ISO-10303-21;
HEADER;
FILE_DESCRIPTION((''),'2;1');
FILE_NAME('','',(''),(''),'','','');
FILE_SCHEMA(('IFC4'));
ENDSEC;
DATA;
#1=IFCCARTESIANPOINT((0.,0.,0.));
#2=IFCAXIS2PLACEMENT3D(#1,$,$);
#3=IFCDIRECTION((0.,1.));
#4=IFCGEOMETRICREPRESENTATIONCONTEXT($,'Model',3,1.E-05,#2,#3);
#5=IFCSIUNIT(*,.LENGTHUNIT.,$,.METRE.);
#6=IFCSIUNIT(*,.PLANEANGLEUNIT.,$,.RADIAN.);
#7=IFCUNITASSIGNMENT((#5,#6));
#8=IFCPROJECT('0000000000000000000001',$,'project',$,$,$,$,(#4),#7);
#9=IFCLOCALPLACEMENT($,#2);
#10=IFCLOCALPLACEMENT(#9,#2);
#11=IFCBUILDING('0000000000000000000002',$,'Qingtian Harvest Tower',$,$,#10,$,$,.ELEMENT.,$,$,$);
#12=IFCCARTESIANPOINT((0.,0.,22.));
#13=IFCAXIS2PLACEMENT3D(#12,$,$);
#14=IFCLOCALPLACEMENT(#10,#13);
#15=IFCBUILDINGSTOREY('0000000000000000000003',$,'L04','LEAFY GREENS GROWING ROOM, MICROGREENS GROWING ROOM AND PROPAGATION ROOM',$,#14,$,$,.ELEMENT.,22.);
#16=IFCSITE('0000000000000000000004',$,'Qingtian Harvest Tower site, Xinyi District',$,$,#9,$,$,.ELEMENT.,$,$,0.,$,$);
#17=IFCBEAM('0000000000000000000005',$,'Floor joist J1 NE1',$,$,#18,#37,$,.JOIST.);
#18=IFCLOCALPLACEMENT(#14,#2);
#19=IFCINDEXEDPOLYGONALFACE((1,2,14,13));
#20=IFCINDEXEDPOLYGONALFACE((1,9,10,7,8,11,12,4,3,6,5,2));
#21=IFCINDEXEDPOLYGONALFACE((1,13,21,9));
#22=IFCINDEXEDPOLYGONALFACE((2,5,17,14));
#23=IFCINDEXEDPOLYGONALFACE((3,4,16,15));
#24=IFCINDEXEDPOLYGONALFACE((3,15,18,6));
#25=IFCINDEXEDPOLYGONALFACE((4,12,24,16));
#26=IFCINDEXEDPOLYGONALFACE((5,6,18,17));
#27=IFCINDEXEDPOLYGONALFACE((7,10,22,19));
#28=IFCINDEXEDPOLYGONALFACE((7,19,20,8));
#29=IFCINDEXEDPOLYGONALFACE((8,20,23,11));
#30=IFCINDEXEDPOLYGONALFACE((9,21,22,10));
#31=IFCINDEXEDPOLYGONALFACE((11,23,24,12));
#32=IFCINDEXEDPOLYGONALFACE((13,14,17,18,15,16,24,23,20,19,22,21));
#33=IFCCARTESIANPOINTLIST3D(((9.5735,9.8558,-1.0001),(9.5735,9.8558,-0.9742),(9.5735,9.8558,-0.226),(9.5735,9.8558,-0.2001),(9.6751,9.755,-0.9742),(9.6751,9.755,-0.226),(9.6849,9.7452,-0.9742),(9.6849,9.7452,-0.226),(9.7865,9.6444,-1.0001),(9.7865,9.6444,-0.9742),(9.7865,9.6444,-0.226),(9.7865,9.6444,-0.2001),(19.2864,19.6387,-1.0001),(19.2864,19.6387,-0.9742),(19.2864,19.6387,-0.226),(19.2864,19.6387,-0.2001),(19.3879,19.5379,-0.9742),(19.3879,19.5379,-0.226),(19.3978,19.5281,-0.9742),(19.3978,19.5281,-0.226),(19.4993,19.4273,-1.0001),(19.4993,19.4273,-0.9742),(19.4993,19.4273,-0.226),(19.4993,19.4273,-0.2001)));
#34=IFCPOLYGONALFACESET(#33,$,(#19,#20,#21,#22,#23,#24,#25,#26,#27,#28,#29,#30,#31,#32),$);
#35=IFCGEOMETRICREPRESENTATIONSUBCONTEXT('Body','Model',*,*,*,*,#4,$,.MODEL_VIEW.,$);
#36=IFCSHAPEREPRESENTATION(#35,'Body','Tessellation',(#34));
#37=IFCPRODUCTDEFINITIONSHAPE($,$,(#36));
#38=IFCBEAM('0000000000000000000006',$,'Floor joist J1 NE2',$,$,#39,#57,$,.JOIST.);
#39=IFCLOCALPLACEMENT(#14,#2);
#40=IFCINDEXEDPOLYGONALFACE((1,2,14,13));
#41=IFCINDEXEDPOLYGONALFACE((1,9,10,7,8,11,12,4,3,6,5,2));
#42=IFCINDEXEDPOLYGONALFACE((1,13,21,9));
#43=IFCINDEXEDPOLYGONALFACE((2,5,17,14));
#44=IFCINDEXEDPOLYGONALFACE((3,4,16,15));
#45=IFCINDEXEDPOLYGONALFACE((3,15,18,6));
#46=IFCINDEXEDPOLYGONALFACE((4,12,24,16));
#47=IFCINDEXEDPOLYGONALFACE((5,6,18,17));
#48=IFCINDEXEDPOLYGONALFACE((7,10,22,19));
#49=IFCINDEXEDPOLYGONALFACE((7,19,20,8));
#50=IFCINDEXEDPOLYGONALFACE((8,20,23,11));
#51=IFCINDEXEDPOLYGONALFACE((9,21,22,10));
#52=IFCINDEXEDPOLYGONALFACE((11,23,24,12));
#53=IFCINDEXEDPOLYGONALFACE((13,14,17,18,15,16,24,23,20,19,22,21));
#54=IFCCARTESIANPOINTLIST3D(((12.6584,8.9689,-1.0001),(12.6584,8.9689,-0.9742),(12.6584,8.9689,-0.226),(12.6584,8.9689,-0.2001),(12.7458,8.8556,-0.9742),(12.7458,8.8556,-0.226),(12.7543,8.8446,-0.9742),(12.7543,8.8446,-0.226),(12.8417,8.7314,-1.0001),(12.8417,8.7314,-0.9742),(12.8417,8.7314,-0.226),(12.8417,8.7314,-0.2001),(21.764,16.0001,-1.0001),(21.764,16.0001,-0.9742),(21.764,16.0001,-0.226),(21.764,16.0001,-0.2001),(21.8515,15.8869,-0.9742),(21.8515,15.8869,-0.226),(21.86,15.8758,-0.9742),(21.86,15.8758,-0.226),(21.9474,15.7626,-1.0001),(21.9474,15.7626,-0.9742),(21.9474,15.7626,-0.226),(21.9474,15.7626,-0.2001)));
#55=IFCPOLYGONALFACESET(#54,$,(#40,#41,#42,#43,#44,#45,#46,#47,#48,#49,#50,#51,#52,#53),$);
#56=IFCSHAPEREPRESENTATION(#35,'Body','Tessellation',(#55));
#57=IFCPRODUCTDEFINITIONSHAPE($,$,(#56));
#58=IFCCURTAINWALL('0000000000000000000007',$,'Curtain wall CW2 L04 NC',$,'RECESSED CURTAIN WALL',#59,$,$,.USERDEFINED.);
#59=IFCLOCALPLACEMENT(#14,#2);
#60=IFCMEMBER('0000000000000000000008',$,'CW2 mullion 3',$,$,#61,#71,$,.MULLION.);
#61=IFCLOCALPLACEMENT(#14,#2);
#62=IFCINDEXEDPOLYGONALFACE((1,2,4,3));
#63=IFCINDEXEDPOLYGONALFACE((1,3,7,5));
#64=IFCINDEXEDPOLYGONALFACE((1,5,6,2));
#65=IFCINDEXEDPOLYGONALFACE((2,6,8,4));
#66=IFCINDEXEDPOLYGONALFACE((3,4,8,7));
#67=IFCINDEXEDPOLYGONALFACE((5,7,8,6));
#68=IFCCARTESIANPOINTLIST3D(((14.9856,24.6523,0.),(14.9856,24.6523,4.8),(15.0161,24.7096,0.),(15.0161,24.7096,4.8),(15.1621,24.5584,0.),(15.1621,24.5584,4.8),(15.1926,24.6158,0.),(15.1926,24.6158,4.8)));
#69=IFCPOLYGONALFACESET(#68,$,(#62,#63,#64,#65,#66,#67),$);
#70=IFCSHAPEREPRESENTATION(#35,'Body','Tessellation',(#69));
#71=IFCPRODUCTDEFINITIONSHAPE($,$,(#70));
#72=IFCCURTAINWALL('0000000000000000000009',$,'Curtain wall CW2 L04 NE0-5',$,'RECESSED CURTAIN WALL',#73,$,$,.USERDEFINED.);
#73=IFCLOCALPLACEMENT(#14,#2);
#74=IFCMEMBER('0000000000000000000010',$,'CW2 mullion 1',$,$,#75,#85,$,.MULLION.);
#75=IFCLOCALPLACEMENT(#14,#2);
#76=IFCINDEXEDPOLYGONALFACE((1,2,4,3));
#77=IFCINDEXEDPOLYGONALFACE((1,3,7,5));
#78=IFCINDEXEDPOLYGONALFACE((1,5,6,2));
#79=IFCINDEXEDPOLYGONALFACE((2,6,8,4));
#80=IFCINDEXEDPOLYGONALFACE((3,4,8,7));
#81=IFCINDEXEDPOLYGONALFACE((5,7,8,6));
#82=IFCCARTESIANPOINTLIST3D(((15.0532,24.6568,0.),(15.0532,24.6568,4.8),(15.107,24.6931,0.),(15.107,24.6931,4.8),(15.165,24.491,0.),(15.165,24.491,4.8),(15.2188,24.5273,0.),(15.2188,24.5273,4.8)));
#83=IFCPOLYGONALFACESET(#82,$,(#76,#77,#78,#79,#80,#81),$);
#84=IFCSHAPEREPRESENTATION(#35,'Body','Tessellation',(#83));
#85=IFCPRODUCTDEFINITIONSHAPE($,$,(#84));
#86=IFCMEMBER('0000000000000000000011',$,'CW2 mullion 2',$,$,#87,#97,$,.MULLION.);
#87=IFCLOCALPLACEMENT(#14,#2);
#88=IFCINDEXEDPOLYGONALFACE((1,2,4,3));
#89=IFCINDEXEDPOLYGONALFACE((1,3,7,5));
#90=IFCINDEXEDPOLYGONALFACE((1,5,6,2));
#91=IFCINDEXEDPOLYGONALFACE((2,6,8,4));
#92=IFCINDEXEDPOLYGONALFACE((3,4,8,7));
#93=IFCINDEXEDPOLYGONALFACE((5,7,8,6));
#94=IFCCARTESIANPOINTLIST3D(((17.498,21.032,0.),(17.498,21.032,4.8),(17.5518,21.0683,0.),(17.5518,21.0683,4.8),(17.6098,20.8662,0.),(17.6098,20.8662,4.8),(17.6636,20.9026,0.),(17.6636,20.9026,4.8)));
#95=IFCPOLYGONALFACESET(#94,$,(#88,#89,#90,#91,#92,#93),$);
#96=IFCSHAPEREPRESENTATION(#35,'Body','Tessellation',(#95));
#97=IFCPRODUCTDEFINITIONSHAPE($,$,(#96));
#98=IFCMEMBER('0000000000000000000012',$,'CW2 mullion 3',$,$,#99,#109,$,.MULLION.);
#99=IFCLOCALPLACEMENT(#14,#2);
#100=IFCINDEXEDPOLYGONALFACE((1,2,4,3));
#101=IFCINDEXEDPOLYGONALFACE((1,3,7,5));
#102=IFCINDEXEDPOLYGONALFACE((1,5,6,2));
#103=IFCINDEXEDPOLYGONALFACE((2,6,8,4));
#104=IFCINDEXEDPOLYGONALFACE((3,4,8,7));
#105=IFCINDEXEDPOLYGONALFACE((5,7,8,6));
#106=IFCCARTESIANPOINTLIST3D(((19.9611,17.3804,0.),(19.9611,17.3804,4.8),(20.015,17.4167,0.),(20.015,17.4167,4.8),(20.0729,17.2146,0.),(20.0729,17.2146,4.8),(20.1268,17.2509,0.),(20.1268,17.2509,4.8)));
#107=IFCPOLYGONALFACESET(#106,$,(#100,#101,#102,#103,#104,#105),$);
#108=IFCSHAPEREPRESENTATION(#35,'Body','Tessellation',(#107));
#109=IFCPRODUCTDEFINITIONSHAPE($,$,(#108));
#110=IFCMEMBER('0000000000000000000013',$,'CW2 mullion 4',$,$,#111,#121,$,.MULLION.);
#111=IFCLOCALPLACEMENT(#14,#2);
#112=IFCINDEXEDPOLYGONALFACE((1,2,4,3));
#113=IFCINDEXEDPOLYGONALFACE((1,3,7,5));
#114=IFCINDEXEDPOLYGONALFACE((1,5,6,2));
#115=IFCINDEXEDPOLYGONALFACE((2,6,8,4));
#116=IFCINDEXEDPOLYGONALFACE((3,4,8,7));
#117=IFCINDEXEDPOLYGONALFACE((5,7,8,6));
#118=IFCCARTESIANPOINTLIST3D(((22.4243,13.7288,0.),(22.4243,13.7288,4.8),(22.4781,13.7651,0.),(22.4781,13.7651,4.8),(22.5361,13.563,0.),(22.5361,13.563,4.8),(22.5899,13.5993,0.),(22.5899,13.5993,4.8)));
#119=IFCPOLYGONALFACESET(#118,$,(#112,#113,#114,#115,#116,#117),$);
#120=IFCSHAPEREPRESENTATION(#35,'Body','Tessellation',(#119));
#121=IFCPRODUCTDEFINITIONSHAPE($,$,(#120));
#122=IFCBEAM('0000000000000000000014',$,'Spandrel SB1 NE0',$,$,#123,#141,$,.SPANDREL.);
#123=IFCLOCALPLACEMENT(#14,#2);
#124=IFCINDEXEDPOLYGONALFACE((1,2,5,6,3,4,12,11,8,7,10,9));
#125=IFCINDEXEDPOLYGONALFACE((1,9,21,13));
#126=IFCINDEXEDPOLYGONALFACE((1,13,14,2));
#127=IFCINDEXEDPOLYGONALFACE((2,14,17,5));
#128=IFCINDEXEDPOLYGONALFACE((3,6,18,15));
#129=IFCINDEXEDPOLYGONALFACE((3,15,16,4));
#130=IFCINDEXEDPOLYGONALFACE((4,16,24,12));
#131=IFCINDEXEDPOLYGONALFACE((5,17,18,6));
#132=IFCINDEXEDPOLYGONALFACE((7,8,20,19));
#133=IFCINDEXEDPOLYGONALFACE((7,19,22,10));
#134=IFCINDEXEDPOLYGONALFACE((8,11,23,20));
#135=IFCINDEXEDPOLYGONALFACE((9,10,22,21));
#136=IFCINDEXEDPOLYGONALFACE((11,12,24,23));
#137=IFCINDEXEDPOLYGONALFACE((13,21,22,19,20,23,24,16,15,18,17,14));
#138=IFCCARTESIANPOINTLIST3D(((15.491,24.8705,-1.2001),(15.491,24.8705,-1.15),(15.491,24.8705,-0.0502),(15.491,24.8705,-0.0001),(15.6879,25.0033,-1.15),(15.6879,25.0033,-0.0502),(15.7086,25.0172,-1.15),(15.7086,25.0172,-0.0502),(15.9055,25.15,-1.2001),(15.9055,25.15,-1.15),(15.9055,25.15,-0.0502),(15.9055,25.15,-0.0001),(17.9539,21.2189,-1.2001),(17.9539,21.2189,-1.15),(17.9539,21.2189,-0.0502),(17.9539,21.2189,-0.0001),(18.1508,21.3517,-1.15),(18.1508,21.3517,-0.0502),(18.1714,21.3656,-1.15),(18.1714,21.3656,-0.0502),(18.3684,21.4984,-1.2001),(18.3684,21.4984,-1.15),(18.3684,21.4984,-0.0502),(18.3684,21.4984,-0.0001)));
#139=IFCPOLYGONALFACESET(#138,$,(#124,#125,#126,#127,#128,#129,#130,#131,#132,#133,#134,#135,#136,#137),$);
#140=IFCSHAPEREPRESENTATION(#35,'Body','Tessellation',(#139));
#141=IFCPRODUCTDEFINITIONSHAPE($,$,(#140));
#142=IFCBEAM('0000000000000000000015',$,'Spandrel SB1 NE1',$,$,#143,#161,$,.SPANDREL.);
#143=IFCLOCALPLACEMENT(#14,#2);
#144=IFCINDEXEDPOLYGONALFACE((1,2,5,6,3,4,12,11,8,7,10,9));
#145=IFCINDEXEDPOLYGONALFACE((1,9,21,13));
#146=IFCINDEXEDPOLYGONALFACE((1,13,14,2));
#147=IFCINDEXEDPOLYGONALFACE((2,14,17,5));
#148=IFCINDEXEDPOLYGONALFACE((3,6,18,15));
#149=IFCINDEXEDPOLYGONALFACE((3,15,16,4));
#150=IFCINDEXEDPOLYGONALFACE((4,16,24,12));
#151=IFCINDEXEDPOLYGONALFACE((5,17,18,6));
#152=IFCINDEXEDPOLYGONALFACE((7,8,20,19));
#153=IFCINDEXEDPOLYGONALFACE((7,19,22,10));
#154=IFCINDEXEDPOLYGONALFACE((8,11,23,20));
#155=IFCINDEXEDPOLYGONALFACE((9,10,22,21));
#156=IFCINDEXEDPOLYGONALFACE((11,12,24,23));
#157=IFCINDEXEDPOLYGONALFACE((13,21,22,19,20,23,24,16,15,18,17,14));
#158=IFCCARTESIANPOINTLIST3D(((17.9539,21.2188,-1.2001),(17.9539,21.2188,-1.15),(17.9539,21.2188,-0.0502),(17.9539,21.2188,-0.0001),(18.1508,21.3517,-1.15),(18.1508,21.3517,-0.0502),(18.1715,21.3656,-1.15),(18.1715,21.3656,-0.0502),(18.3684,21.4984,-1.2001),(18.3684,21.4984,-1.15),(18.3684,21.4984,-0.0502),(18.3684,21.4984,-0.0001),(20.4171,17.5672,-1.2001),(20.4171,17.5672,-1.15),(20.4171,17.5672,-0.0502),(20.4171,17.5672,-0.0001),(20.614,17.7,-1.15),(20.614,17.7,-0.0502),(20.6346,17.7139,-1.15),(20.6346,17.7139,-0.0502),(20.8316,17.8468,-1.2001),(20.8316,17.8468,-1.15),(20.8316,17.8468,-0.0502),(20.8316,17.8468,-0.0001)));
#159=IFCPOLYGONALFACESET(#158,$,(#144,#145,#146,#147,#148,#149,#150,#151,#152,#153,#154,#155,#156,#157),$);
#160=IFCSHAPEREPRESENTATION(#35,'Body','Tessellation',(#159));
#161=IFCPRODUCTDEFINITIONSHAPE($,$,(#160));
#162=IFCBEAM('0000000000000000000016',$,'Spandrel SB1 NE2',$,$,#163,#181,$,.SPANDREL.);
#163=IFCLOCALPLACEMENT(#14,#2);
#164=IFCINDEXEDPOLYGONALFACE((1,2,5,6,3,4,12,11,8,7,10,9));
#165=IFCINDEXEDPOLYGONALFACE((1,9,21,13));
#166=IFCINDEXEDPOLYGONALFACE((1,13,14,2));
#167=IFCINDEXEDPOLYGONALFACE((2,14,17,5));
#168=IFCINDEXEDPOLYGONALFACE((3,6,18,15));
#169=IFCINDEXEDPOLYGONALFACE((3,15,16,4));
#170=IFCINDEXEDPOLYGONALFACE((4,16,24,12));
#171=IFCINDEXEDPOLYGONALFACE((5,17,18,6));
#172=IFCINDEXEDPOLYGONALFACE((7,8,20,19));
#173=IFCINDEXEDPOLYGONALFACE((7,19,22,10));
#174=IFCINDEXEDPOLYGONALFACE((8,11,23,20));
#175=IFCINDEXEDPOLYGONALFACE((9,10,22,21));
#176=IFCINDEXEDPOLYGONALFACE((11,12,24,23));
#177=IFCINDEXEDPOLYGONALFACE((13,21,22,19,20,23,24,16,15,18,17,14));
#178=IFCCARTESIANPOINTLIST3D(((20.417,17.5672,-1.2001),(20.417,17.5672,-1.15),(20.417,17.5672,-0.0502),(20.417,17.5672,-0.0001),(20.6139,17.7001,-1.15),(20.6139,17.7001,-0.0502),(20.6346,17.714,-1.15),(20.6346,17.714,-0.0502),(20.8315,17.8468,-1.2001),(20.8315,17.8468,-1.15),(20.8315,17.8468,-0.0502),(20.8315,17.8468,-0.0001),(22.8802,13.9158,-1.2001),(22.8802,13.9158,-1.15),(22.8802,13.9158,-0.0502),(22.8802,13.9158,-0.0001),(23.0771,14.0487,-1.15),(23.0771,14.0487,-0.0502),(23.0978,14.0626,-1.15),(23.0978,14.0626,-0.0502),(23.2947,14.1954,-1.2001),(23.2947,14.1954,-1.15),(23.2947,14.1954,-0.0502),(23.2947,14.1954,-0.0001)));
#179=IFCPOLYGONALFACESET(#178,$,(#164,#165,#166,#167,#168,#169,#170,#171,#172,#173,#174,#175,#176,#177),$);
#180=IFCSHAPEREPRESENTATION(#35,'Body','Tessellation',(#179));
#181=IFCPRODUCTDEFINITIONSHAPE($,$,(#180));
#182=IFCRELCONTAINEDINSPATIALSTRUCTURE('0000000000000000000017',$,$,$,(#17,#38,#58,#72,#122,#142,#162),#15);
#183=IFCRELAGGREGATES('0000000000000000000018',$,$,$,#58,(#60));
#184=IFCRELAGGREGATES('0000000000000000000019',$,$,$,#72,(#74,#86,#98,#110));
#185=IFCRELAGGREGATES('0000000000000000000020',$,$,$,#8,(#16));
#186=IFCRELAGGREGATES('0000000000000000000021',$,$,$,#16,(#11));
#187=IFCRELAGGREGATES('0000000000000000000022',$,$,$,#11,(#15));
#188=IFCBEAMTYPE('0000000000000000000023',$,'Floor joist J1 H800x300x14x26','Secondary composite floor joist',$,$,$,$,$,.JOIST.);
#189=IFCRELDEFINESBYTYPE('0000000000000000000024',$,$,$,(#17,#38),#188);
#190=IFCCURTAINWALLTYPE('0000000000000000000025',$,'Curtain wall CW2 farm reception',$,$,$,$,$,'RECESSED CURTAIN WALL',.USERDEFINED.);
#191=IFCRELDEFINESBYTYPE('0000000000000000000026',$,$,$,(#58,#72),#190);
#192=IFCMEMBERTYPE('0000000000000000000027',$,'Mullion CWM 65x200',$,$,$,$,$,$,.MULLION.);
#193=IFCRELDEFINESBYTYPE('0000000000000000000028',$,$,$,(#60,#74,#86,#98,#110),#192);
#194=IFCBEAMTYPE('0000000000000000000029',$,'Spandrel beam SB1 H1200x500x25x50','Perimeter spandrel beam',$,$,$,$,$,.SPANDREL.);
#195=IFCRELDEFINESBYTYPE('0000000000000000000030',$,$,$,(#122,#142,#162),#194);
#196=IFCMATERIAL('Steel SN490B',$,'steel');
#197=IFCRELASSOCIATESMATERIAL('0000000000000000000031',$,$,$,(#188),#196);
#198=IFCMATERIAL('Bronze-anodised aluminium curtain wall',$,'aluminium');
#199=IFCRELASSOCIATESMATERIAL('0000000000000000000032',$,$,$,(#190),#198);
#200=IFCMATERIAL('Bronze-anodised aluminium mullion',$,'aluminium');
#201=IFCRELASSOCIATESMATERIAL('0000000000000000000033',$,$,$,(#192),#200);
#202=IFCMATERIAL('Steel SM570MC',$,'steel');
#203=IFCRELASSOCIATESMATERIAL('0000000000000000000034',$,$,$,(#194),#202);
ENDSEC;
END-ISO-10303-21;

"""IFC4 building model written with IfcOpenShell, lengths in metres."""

from ifc_helpers import new_model, si_unit, direction, frame, origin, origin_2d, place, context, subcontext, project, spatial, rectangle, i_section, extrude, material, material_profile, profile_set, type_object, element, aggregate, save


model = new_model("IFC4")

# Units and contexts
model_context = context("Model", 3, precision=1e-05, world=origin(), true_north=direction((0.0, 1.0)))
body_context = subcontext(model_context, "Body", "Model", "MODEL_VIEW")
ifc_project = project(units=[si_unit("LENGTHUNIT", "METRE"), si_unit("PLANEANGLEUNIT", "RADIAN")], contexts=[model_context])

# Site, building, storey
site_placement = place(None, origin())
site = spatial("IfcSite", under=ifc_project, at=site_placement, Name="Qingtian Harvest Tower site, Xinyi District", CompositionType="ELEMENT", RefElevation=0.0)
building_placement = place(site_placement, origin())
building = spatial("IfcBuilding", under=site, at=building_placement, Name="Qingtian Harvest Tower", CompositionType="ELEMENT")
storey_placement = place(building_placement, frame((0.0, 0.0, 22.0)))
storey = spatial("IfcBuildingStorey", under=building, at=storey_placement, Name="L04", Description="LEAFY GREENS GROWING ROOM, MICROGREENS GROWING ROOM AND PROPAGATION ROOM", CompositionType="ELEMENT", Elevation=22.0)

# Beams
ifc_material_1 = material(Name="Steel SN490B", Category="steel")
ifc_material_profile_1 = material_profile(ifc_material_1, i_section(OverallWidth=0.3, OverallDepth=0.8, WebThickness=0.0139, FlangeThickness=0.0259, at=origin_2d()), Name="H800x300x14x26")
ifc_profile_set_1 = profile_set([ifc_material_profile_1], Name="Steel SN490B")
beam_type_1 = type_object("IfcBeamType", Name="Floor joist J1 H800x300x14x26", Description="Secondary composite floor joist", PredefinedType="JOIST", material=ifc_profile_set_1)
beam_1_placement = place(storey_placement, frame((19.3928, 19.533, -0.6001), z_axis=(-0.704561, -0.709644, 0.0), x_axis=(0.709644, -0.704561, 0.0)))
element("IfcBeam", 1, at=beam_1_placement, inside=storey, type_object=beam_type_1, Name="Floor joist J1 NE1", PredefinedType="JOIST", context=body_context, shape_type="SweptSolid", body=[
    extrude(i_section(OverallWidth=0.3, OverallDepth=0.8, WebThickness=0.0139, FlangeThickness=0.0259, at=origin_2d()), origin(), (0.0, 0.0, 1.0), 13.7856),
])
beam_2_placement = place(storey_placement, frame((21.8557, 15.8813, -0.6001), z_axis=(-0.791495, -0.611176, 0.0), x_axis=(0.611176, -0.791495, 0.0)))
element("IfcBeam", 2, at=beam_2_placement, inside=storey, type_object=beam_type_1, Name="Floor joist J1 NE2", PredefinedType="JOIST", context=body_context, shape_type="SweptSolid", body=[
    extrude(i_section(OverallWidth=0.3, OverallDepth=0.8, WebThickness=0.0139, FlangeThickness=0.0259, at=origin_2d()), origin(), (0.0, 0.0, 1.0), 11.5044),
])

# Curtain wall, member
ifc_material_2 = material(Name="Bronze-anodised aluminium curtain wall", Category="aluminium")
curtain_wall_type = type_object("IfcCurtainWallType", Name="Curtain wall CW2 farm reception", ElementType="RECESSED CURTAIN WALL", PredefinedType="USERDEFINED", material=ifc_material_2)
curtain_wall_1_placement = place(storey_placement, origin())
curtain_wall_1 = element("IfcCurtainWall", 3, at=curtain_wall_1_placement, inside=storey, type_object=curtain_wall_type, Name="Curtain wall CW2 L04 NC", ObjectType="RECESSED CURTAIN WALL", PredefinedType="USERDEFINED")
ifc_material_3 = material(Name="Bronze-anodised aluminium mullion", Category="aluminium")
ifc_material_profile_2 = material_profile(ifc_material_3, rectangle(XDim=0.0649, YDim=0.2, at=origin_2d()), Name="AL 65x200")
ifc_profile_set_2 = profile_set([ifc_material_profile_2], Name="Bronze-anodised aluminium mullion")
member_type_1 = type_object("IfcMemberType", Name="Mullion CWM 65x200", PredefinedType="MULLION", material=ifc_profile_set_2)
member_1_placement = place(storey_placement, frame((15.0891, 24.634, 0.0), z_axis=(0.0, 0.0, 1.0), x_axis=(0.469472, 0.882948, 0.0)))
member_1 = element("IfcMember", 4, at=member_1_placement, type_object=member_type_1, Name="CW2 mullion 3", PredefinedType="MULLION", context=body_context, shape_type="SweptSolid", body=[
    extrude(rectangle(XDim=0.0649, YDim=0.2, at=origin_2d()), origin(), (0.0, 0.0, 1.0), 4.8),
])

# Curtain wall, members
curtain_wall_2_placement = place(storey_placement, origin())
curtain_wall_2 = element("IfcCurtainWall", 5, at=curtain_wall_2_placement, inside=storey, type_object=curtain_wall_type, Name="Curtain wall CW2 L04 NE0-5", ObjectType="RECESSED CURTAIN WALL", PredefinedType="USERDEFINED")
member_2_placement = place(storey_placement, frame((15.136, 24.592, 0.0), z_axis=(0.0, 0.0, 1.0), x_axis=(0.829038, 0.559193, 0.0)))
member_2 = element("IfcMember", 6, at=member_2_placement, type_object=member_type_1, Name="CW2 mullion 1", PredefinedType="MULLION", context=body_context, shape_type="SweptSolid", body=[
    extrude(rectangle(XDim=0.0649, YDim=0.2, at=origin_2d()), origin(), (0.0, 0.0, 1.0), 4.8),
])
member_3_placement = place(storey_placement, frame((17.5808, 20.9673, 0.0), z_axis=(0.0, 0.0, 1.0), x_axis=(0.829038, 0.559193, 0.0)))
member_3 = element("IfcMember", 7, at=member_3_placement, type_object=member_type_1, Name="CW2 mullion 2", PredefinedType="MULLION", context=body_context, shape_type="SweptSolid", body=[
    extrude(rectangle(XDim=0.0649, YDim=0.2, at=origin_2d()), origin(), (0.0, 0.0, 1.0), 4.8),
])
member_4_placement = place(storey_placement, frame((20.0439, 17.3157, 0.0), z_axis=(0.0, 0.0, 1.0), x_axis=(0.829038, 0.559193, 0.0)))
member_4 = element("IfcMember", 8, at=member_4_placement, type_object=member_type_1, Name="CW2 mullion 3", PredefinedType="MULLION", context=body_context, shape_type="SweptSolid", body=[
    extrude(rectangle(XDim=0.0649, YDim=0.2, at=origin_2d()), origin(), (0.0, 0.0, 1.0), 4.8),
])
member_5_placement = place(storey_placement, frame((22.5071, 13.6641, 0.0), z_axis=(0.0, 0.0, 1.0), x_axis=(0.829038, 0.559193, 0.0)))
member_5 = element("IfcMember", 9, at=member_5_placement, type_object=member_type_1, Name="CW2 mullion 4", PredefinedType="MULLION", context=body_context, shape_type="SweptSolid", body=[
    extrude(rectangle(XDim=0.0649, YDim=0.2, at=origin_2d()), origin(), (0.0, 0.0, 1.0), 4.8),
])

# Beams
ifc_material_4 = material(Name="Steel SM570MC", Category="steel")
ifc_material_profile_3 = material_profile(ifc_material_4, i_section(OverallWidth=0.5, OverallDepth=1.2, WebThickness=0.0249, FlangeThickness=0.05, at=origin_2d()), Name="H1200x500x25x50")
ifc_profile_set_3 = profile_set([ifc_material_profile_3], Name="Steel SM570MC")
beam_type_2 = type_object("IfcBeamType", Name="Spandrel beam SB1 H1200x500x25x50", Description="Perimeter spandrel beam", PredefinedType="SPANDREL", material=ifc_profile_set_3)
beam_3_placement = place(storey_placement, frame((15.6982, 25.0103, -0.6001), z_axis=(0.559169, -0.829054, 0.0), x_axis=(0.829054, 0.559169, 0.0)))
element("IfcBeam", 10, at=beam_3_placement, inside=storey, type_object=beam_type_2, Name="Spandrel SB1 NE0", PredefinedType="SPANDREL", context=body_context, shape_type="SweptSolid", body=[
    extrude(i_section(OverallWidth=0.5, OverallDepth=1.2, WebThickness=0.0249, FlangeThickness=0.05, at=origin_2d()), origin(), (0.0, 0.0, 1.0), 4.4045),
])
beam_4_placement = place(storey_placement, frame((18.1611, 21.3586, -0.6001), z_axis=(0.559207, -0.829028, 0.0), x_axis=(0.829028, 0.559207, 0.0)))
element("IfcBeam", 11, at=beam_4_placement, inside=storey, type_object=beam_type_2, Name="Spandrel SB1 NE1", PredefinedType="SPANDREL", context=body_context, shape_type="SweptSolid", body=[
    extrude(i_section(OverallWidth=0.5, OverallDepth=1.2, WebThickness=0.0249, FlangeThickness=0.05, at=origin_2d()), origin(), (0.0, 0.0, 1.0), 4.4048),
])
for number, where, z_axis, x_axis, name in (
    (12, (20.6243, 17.707, -0.6001), (0.559233, -0.829011, 0.0), (0.829011, 0.559233, 0.0), "Spandrel SB1 NE2"),
):
    element("IfcBeam", number, at=place(storey_placement, frame(where, z_axis=z_axis, x_axis=x_axis)), inside=storey, type_object=beam_type_2, Name=name, PredefinedType="SPANDREL", context=body_context, shape_type="SweptSolid", body=[
        extrude(i_section(OverallWidth=0.5, OverallDepth=1.2, WebThickness=0.0249, FlangeThickness=0.05, at=origin_2d()), origin(), (0.0, 0.0, 1.0), 4.4045),
    ])

aggregate(curtain_wall_1, [member_1])
aggregate(curtain_wall_2, [member_2, member_3, member_4, member_5])

save(model, "model.ifc")
